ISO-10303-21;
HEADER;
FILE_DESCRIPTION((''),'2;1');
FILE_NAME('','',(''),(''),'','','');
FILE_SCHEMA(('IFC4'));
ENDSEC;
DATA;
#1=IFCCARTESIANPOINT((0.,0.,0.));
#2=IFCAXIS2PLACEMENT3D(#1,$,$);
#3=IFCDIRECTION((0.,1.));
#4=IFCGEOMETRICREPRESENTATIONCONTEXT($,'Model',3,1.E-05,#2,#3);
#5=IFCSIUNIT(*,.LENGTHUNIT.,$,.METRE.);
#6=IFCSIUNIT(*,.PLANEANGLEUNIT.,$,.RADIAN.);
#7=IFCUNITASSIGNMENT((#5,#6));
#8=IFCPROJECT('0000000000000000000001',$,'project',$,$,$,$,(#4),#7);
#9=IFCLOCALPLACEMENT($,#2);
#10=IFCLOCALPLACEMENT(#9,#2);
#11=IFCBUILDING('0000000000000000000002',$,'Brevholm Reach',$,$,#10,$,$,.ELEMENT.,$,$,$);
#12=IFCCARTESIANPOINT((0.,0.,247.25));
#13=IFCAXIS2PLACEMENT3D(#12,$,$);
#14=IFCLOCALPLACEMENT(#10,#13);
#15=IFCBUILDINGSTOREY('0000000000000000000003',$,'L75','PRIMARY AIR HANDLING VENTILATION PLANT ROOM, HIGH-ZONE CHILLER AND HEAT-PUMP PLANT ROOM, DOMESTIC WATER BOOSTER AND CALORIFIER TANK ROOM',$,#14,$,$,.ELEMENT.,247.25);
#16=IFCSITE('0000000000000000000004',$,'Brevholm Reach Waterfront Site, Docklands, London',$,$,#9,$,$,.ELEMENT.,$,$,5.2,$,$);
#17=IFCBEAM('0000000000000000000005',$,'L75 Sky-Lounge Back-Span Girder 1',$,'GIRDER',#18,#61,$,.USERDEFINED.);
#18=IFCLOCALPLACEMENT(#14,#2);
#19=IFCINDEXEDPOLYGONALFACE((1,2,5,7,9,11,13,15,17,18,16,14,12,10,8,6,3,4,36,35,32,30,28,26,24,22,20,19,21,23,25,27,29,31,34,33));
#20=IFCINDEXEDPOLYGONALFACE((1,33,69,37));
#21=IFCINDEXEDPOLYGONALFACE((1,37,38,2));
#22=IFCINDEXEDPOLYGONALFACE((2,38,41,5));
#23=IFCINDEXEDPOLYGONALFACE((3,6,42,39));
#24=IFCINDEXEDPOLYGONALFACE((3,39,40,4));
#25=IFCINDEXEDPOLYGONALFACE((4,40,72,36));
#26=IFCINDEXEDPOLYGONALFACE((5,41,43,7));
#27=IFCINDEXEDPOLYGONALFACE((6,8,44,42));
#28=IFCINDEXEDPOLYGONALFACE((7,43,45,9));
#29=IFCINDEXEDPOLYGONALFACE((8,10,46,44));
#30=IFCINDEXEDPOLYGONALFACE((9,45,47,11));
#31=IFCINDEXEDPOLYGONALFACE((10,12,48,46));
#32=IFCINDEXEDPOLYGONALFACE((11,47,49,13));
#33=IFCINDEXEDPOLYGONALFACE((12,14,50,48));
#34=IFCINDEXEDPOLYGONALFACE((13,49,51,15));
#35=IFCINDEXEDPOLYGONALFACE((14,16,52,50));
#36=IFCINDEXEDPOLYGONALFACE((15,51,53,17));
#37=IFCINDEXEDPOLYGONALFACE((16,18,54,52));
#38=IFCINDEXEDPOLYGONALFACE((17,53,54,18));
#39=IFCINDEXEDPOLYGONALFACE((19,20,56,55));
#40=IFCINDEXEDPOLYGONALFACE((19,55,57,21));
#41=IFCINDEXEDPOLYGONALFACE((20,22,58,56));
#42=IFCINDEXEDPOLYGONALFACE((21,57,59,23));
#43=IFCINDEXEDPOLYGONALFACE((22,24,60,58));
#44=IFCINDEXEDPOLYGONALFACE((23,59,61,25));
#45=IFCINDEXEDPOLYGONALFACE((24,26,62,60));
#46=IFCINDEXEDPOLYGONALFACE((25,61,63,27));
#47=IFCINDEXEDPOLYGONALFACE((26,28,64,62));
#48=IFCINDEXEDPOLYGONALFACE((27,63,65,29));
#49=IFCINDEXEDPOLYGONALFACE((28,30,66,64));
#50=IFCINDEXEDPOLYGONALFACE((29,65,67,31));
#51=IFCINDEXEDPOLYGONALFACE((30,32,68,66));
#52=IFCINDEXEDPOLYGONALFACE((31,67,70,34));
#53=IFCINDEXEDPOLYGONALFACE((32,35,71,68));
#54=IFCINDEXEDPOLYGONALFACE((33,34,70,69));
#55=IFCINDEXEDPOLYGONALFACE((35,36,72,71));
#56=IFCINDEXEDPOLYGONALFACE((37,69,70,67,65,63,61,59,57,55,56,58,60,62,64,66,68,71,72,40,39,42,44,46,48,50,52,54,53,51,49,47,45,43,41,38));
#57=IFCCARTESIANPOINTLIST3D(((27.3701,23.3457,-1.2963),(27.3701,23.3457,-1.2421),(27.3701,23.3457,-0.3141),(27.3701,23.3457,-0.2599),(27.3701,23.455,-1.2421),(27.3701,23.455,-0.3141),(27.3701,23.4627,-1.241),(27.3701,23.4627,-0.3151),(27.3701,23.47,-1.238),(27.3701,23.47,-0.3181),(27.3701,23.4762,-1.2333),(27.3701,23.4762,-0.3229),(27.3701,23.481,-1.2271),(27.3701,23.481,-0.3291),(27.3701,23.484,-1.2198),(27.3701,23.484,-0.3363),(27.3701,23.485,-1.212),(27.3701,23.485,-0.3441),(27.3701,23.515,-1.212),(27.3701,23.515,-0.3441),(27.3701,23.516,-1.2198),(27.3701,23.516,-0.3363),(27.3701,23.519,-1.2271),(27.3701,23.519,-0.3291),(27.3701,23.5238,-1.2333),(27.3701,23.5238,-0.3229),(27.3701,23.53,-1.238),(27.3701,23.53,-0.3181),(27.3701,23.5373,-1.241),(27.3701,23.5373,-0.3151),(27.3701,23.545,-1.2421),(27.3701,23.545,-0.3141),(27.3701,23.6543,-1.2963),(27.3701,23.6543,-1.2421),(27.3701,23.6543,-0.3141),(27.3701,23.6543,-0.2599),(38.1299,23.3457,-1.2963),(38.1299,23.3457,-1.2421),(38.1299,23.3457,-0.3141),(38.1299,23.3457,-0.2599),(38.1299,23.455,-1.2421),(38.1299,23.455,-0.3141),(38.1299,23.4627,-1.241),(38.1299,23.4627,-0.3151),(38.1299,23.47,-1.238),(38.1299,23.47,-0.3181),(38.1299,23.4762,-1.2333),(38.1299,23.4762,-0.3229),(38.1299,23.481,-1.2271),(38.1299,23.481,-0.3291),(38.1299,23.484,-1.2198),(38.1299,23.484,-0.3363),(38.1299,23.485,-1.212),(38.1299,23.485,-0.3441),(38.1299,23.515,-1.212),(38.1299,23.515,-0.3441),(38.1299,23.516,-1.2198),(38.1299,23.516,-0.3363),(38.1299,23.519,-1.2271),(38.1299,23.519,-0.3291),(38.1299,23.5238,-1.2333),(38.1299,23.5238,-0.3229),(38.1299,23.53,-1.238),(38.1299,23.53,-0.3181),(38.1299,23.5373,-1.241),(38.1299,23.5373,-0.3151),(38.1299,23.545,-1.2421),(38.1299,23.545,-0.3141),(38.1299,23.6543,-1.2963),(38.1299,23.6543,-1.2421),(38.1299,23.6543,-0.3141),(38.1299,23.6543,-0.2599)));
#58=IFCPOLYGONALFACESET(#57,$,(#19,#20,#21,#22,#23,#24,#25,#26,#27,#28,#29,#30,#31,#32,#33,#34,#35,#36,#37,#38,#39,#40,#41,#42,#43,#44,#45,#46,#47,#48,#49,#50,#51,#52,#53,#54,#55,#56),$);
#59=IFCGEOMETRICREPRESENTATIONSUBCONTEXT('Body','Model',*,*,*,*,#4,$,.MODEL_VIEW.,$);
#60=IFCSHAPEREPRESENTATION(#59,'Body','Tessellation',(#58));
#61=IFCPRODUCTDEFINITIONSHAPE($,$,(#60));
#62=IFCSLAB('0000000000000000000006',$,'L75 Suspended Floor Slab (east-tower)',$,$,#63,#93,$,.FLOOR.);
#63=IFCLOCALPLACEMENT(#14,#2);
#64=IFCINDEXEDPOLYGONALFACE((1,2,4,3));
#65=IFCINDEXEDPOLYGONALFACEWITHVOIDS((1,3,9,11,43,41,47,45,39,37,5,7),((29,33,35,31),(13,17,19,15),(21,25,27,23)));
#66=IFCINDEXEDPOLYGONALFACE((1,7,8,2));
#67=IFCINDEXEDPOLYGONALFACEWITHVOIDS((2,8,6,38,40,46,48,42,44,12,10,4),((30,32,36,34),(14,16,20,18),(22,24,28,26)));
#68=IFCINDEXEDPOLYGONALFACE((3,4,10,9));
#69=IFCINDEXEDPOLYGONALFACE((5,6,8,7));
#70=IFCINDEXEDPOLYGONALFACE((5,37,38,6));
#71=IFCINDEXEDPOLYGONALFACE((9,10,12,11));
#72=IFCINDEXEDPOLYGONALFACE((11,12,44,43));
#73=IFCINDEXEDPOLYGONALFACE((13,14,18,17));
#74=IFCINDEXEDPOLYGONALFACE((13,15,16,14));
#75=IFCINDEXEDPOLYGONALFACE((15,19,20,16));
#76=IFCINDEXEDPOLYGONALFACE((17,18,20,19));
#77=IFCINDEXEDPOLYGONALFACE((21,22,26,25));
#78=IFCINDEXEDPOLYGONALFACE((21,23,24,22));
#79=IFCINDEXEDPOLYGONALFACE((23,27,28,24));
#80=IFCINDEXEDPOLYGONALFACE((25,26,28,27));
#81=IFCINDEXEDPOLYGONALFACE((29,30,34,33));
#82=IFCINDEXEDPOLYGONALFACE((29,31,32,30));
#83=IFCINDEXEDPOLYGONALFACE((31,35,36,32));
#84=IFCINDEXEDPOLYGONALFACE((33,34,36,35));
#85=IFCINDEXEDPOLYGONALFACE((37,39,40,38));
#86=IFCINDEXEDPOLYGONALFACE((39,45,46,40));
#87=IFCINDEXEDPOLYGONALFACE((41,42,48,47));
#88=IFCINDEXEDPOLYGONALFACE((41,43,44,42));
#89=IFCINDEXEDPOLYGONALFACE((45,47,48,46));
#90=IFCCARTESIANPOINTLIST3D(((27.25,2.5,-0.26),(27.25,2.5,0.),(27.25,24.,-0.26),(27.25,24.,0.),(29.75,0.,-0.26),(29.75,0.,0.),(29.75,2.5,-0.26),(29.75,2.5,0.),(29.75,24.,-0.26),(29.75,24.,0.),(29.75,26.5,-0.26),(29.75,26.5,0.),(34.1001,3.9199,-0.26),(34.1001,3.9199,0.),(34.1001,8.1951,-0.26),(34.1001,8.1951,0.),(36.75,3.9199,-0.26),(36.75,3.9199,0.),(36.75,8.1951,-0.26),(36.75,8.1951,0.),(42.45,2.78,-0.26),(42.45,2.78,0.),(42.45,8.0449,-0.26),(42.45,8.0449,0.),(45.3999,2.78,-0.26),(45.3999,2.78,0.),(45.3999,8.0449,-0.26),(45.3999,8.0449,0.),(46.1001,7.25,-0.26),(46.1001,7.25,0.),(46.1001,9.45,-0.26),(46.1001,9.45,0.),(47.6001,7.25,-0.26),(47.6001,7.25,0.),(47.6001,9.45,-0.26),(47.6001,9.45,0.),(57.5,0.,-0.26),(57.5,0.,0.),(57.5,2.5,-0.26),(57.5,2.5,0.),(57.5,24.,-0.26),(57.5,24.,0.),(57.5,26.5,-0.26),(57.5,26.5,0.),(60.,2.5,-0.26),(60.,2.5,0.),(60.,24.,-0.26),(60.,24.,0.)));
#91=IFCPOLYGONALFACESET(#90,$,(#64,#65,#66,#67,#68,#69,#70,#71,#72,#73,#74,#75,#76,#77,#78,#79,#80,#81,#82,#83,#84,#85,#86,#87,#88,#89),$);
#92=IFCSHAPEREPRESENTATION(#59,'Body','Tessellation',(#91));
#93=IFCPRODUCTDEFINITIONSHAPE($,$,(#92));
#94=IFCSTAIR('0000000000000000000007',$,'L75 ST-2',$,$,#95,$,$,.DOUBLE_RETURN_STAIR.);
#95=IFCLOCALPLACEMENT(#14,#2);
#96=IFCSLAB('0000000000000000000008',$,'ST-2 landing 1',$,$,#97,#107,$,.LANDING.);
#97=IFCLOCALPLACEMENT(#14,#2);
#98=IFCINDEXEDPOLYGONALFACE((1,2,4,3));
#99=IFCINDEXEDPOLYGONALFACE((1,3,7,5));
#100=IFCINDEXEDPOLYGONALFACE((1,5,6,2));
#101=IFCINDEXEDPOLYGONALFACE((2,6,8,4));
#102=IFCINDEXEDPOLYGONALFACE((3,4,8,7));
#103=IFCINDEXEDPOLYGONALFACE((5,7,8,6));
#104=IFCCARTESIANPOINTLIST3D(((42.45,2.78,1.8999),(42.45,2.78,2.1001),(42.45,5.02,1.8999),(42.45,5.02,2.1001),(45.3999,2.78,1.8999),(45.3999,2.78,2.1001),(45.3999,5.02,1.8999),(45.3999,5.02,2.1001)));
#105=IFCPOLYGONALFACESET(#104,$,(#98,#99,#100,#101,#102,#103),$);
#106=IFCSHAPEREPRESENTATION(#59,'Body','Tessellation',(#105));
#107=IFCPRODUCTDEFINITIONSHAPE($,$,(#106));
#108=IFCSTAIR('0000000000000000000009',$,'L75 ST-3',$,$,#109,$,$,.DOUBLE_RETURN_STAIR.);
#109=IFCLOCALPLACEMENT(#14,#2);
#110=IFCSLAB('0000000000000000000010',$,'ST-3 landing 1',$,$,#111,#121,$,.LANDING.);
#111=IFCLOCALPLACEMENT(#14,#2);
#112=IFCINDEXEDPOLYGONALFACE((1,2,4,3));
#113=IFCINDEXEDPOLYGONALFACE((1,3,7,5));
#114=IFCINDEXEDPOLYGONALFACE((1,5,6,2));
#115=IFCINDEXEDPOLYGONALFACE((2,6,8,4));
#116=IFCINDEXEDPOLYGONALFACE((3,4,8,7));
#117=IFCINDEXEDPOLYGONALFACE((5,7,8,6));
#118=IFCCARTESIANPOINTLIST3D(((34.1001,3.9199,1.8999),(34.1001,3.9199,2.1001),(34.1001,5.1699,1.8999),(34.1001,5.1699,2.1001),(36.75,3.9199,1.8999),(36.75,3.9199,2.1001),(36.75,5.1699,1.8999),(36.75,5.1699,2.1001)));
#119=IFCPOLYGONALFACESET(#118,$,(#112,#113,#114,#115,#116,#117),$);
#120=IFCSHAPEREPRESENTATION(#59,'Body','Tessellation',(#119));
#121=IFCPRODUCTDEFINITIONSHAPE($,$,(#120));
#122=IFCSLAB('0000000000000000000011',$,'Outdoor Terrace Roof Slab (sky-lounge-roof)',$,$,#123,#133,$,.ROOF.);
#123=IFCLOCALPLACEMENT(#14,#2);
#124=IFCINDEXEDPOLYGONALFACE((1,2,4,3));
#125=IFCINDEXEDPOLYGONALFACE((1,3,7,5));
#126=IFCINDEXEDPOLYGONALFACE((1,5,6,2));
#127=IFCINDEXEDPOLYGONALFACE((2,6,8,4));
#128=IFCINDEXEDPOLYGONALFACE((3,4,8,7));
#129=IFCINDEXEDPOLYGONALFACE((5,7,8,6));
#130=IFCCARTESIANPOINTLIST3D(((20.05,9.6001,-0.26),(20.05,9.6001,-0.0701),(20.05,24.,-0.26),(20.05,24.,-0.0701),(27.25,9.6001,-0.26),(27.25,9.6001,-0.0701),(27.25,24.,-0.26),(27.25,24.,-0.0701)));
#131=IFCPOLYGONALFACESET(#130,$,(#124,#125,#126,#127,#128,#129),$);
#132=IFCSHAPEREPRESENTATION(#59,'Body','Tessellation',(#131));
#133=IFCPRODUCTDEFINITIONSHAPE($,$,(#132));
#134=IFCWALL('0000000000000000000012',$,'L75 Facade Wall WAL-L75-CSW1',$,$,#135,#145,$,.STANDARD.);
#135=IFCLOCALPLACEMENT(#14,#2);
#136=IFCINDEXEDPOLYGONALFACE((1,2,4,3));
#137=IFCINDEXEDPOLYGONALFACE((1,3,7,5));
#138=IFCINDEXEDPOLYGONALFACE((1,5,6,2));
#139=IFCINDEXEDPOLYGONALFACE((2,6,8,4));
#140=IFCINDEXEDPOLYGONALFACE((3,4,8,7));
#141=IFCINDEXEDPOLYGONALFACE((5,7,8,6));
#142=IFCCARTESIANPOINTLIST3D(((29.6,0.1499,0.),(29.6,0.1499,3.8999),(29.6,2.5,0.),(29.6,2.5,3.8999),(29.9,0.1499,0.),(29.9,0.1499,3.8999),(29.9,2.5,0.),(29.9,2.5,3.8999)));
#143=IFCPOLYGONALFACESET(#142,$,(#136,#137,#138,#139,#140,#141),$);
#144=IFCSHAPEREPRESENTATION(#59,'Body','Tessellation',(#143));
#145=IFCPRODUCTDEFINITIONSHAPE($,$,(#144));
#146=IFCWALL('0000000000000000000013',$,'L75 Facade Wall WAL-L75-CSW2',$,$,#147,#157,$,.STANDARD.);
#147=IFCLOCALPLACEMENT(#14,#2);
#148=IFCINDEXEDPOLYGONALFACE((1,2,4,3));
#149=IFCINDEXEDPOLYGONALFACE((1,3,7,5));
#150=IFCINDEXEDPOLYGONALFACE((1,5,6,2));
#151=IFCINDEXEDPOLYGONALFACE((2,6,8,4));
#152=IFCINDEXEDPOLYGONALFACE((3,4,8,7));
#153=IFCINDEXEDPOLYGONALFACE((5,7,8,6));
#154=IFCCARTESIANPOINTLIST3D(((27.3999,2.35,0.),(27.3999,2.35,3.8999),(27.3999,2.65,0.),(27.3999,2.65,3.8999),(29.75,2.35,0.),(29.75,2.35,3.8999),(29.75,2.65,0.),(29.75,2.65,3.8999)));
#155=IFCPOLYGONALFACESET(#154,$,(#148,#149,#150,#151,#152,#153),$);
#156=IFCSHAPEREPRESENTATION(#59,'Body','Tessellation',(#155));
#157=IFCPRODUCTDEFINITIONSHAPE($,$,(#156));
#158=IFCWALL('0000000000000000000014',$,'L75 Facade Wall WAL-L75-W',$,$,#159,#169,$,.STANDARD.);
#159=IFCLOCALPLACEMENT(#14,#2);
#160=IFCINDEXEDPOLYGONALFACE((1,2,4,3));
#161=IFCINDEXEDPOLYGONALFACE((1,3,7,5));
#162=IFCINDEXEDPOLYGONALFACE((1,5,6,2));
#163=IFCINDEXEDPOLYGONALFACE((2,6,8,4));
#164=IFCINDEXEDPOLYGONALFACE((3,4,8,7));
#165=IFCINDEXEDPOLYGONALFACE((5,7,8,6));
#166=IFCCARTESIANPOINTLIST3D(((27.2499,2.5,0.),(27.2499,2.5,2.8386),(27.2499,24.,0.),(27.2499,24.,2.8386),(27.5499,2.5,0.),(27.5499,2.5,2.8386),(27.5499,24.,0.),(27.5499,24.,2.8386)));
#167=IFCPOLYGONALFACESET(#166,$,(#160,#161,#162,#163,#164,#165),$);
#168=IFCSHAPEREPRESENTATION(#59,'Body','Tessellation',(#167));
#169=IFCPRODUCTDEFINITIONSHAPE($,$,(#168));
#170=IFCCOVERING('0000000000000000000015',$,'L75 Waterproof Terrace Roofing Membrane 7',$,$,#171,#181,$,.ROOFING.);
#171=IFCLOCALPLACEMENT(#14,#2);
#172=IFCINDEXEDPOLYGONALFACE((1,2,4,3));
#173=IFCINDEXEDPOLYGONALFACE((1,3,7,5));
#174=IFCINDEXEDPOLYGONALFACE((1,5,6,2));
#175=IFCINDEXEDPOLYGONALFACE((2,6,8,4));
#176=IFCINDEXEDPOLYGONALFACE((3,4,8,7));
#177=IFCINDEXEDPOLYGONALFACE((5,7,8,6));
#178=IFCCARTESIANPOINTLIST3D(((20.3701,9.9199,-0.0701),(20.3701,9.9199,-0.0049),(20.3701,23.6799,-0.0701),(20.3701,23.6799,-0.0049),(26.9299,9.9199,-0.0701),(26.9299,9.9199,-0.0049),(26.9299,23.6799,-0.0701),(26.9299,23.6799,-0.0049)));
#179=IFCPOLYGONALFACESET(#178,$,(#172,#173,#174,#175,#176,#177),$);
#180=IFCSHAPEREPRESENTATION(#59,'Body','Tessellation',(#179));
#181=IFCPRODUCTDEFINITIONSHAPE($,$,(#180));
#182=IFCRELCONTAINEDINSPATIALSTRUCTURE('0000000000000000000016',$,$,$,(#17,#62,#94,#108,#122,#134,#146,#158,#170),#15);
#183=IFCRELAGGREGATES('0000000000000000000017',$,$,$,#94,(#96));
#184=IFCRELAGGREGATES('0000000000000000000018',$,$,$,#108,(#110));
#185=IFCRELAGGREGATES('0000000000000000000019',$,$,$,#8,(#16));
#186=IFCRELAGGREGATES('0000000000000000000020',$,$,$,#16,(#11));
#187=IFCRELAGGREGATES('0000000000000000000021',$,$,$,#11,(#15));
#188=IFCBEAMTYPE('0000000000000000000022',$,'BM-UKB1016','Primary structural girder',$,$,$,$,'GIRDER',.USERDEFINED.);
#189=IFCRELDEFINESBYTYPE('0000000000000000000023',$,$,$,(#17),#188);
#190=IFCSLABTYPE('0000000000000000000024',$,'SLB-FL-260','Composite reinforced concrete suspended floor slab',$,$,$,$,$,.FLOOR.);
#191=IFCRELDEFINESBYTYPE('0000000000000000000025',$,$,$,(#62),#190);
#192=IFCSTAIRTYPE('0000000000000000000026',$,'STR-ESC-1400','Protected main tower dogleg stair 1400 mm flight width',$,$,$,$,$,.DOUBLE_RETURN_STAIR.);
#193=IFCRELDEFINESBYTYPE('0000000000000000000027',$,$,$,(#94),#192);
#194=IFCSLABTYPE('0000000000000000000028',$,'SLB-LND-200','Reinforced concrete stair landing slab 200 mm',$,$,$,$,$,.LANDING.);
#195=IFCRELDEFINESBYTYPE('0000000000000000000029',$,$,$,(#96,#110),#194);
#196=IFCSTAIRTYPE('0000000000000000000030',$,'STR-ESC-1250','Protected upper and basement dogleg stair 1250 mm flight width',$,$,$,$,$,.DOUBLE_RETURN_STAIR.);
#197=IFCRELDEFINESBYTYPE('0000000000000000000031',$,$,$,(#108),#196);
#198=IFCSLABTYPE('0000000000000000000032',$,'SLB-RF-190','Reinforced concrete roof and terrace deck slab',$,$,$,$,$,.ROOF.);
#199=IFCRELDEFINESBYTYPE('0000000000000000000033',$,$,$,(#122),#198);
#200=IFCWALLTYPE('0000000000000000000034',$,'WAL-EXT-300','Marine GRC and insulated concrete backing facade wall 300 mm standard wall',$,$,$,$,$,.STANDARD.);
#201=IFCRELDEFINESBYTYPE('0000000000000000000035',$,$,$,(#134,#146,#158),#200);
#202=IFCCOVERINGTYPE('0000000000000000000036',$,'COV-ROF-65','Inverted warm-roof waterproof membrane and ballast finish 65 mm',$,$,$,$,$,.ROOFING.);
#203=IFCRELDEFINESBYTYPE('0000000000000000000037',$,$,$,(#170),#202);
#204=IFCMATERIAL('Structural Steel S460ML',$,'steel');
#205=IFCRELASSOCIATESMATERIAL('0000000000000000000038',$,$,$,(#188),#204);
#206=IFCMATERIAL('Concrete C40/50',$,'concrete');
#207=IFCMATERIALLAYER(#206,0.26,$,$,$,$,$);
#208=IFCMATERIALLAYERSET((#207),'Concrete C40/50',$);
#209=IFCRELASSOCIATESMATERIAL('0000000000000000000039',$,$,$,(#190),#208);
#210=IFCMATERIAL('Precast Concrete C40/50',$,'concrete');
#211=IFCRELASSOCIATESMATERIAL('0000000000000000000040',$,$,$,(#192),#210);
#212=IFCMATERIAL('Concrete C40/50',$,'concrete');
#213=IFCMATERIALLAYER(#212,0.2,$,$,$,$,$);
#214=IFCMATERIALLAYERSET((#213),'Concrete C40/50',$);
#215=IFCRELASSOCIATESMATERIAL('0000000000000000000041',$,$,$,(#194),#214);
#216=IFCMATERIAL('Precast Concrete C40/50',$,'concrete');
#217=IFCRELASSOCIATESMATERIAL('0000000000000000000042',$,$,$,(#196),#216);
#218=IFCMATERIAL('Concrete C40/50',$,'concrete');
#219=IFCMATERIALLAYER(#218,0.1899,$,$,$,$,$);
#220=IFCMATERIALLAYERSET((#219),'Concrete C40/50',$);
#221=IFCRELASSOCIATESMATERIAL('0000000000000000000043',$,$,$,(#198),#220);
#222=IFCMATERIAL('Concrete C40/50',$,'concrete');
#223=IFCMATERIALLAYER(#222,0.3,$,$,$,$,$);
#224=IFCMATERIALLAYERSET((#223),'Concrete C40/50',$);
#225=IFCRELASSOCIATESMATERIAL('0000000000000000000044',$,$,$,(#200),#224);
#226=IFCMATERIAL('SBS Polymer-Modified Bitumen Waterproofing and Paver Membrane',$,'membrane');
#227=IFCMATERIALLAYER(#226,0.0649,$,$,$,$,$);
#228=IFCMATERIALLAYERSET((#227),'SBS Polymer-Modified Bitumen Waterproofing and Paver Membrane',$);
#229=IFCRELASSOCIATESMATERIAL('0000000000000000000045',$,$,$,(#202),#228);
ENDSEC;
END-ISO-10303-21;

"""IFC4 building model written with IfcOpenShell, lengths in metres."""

from ifc_helpers import new_model, si_unit, direction, frame, frame_2d, origin, origin_2d, place, context, subcontext, project, spatial, polyline, rectangle, i_section, outline, extrude, material, layer, layer_set, material_profile, profile_set, type_object, element, aggregate, save


model = new_model("IFC4")

# Units and contexts
model_context = context("Model", 3, precision=1e-05, world=origin(), true_north=direction((0.0, 1.0)))
body_context = subcontext(model_context, "Body", "Model", "MODEL_VIEW")
ifc_project = project(units=[si_unit("LENGTHUNIT", "METRE"), si_unit("PLANEANGLEUNIT", "RADIAN")], contexts=[model_context])

# Site, building, storey
site_placement = place(None, origin())
site = spatial("IfcSite", under=ifc_project, at=site_placement, Name="Brevholm Reach Waterfront Site, Docklands, London", CompositionType="ELEMENT", RefElevation=5.2)
building_placement = place(site_placement, origin())
building = spatial("IfcBuilding", under=site, at=building_placement, Name="Brevholm Reach", CompositionType="ELEMENT")
storey_placement = place(building_placement, frame((0.0, 0.0, 247.25)))
storey = spatial("IfcBuildingStorey", under=building, at=storey_placement, Name="L75", Description="PRIMARY AIR HANDLING VENTILATION PLANT ROOM, HIGH-ZONE CHILLER AND HEAT-PUMP PLANT ROOM, DOMESTIC WATER BOOSTER AND CALORIFIER TANK ROOM", CompositionType="ELEMENT", Elevation=247.25)

# Beam
ifc_material_1 = material(Name="Structural Steel S460ML", Category="steel")
ifc_material_profile_1 = material_profile(ifc_material_1, i_section(OverallWidth=0.3086, OverallDepth=1.0364, WebThickness=0.03, FlangeThickness=0.0542, FilletRadius=0.03, at=origin_2d()), Name="UKB 1016x305x487")
ifc_profile_set_1 = profile_set([ifc_material_profile_1], Name="Structural Steel S460ML")
beam_type_1 = type_object("IfcBeamType", Name="BM-UKB1016", Description="Primary structural girder", ElementType="GIRDER", PredefinedType="USERDEFINED", material=ifc_profile_set_1)
beam_1_placement = place(storey_placement, frame((27.3701, 23.5, -0.7781), z_axis=(1.0, 0.0, 0.0), x_axis=(0.0, 1.0, 0.0)))
element("IfcBeam", 1, at=beam_1_placement, inside=storey, type_object=beam_type_1, Name="L75 Sky-Lounge Back-Span Girder 1", ObjectType="GIRDER", PredefinedType="USERDEFINED", context=body_context, shape_type="SweptSolid", body=[
    extrude(i_section(OverallWidth=0.3086, OverallDepth=1.0364, WebThickness=0.03, FlangeThickness=0.0542, FilletRadius=0.03, at=origin_2d()), origin(), (0.0, 0.0, 1.0), 10.7598),
])

# Slab
ifc_material_2 = material(Name="Concrete C40/50", Category="concrete")
ifc_layer_1 = layer(ifc_material_2, 0.26)
ifc_layer_set_1 = layer_set([ifc_layer_1], Name="Concrete C40/50")
slab_type_1 = type_object("IfcSlabType", Name="SLB-FL-260", Description="Composite reinforced concrete suspended floor slab", PredefinedType="FLOOR", material=ifc_layer_set_1)
slab_1_placement = place(storey_placement, frame((0.0, 0.0, -0.26)))
element("IfcSlab", 2, at=slab_1_placement, inside=storey, type_object=slab_type_1, Name="L75 Suspended Floor Slab (east-tower)", PredefinedType="FLOOR", context=body_context, shape_type="SweptSolid", body=[
    extrude(outline(polyline([(29.75, 0.0), (57.5, 0.0), (57.5, 2.5), (60.0, 2.5), (60.0, 24.0), (57.5, 24.0), (57.5, 26.5), (29.75, 26.5), (29.75, 24.0), (27.25, 24.0), (27.25, 2.5), (29.75, 2.5), (29.75, 0.0)]), holes=[polyline([(42.45, 2.78), (45.3999, 2.78), (45.3999, 8.0449), (42.45, 8.0449), (42.45, 2.78)]), polyline([(34.1001, 3.9199), (36.75, 3.9199), (36.75, 8.1951), (34.1001, 8.1951), (34.1001, 3.9199)]), polyline([(46.1001, 7.25), (47.6001, 7.25), (47.6001, 9.45), (46.1001, 9.45), (46.1001, 7.25)])]), origin(), (0.0, 0.0, 1.0), 0.26),
])

# Stairs, slabs
ifc_material_3 = material(Name="Precast Concrete C40/50", Category="concrete")
stair_type_1 = type_object("IfcStairType", Name="STR-ESC-1400", Description="Protected main tower dogleg stair 1400 mm flight width", PredefinedType="DOUBLE_RETURN_STAIR", material=ifc_material_3)
stair_1_placement = place(storey_placement, origin())
stair_1 = element("IfcStair", 3, at=stair_1_placement, inside=storey, type_object=stair_type_1, Name="L75 ST-2", PredefinedType="DOUBLE_RETURN_STAIR")
ifc_material_4 = material(Name="Concrete C40/50", Category="concrete")
ifc_layer_2 = layer(ifc_material_4, 0.2)
ifc_layer_set_2 = layer_set([ifc_layer_2], Name="Concrete C40/50")
slab_type_2 = type_object("IfcSlabType", Name="SLB-LND-200", Description="Reinforced concrete stair landing slab 200 mm", PredefinedType="LANDING", material=ifc_layer_set_2)
slab_2_placement = place(storey_placement, frame((0.0, 0.0, 1.8999)))
slab_2 = element("IfcSlab", 4, at=slab_2_placement, type_object=slab_type_2, Name="ST-2 landing 1", PredefinedType="LANDING", context=body_context, shape_type="SweptSolid", body=[
    extrude(outline(polyline([(42.45, 5.02), (42.45, 2.78), (45.3999, 2.78), (45.3999, 5.02), (42.45, 5.02)])), origin(), (0.0, 0.0, 1.0), 0.2002),
])
aggregate(stair_1, [slab_2])
ifc_material_5 = material(Name="Precast Concrete C40/50", Category="concrete")
stair_type_2 = type_object("IfcStairType", Name="STR-ESC-1250", Description="Protected upper and basement dogleg stair 1250 mm flight width", PredefinedType="DOUBLE_RETURN_STAIR", material=ifc_material_5)
stair_2_placement = place(storey_placement, origin())
stair_2 = element("IfcStair", 5, at=stair_2_placement, inside=storey, type_object=stair_type_2, Name="L75 ST-3", PredefinedType="DOUBLE_RETURN_STAIR")
slab_3_placement = place(storey_placement, frame((0.0, 0.0, 1.8999)))
slab_3 = element("IfcSlab", 6, at=slab_3_placement, type_object=slab_type_2, Name="ST-3 landing 1", PredefinedType="LANDING", context=body_context, shape_type="SweptSolid", body=[
    extrude(outline(polyline([(34.1001, 5.1699), (34.1001, 3.9199), (36.75, 3.9199), (36.75, 5.1699), (34.1001, 5.1699)])), origin(), (0.0, 0.0, 1.0), 0.2002),
])
aggregate(stair_2, [slab_3])

# Slab
ifc_material_6 = material(Name="Concrete C40/50", Category="concrete")
ifc_layer_3 = layer(ifc_material_6, 0.1899)
ifc_layer_set_3 = layer_set([ifc_layer_3], Name="Concrete C40/50")
slab_type_3 = type_object("IfcSlabType", Name="SLB-RF-190", Description="Reinforced concrete roof and terrace deck slab", PredefinedType="ROOF", material=ifc_layer_set_3)
slab_4_placement = place(storey_placement, frame((0.0, 0.0, -0.26)))
element("IfcSlab", 7, at=slab_4_placement, inside=storey, type_object=slab_type_3, Name="Outdoor Terrace Roof Slab (sky-lounge-roof)", PredefinedType="ROOF", context=body_context, shape_type="SweptSolid", body=[
    extrude(outline(polyline([(20.05, 9.6001), (27.25, 9.6001), (27.25, 24.0), (20.05, 24.0), (20.05, 9.6001)])), origin(), (0.0, 0.0, 1.0), 0.1899),
])

# Walls
ifc_material_7 = material(Name="Concrete C40/50", Category="concrete")
ifc_layer_4 = layer(ifc_material_7, 0.3)
ifc_layer_set_4 = layer_set([ifc_layer_4], Name="Concrete C40/50")
wall_type = type_object("IfcWallType", Name="WAL-EXT-300", Description="Marine GRC and insulated concrete backing facade wall 300 mm standard wall", PredefinedType="STANDARD", material=ifc_layer_set_4)
for number, where, z_axis, x_axis, name in (
    (8, (29.75, 2.5, 0.0), (0.0, 0.0, 1.0), (0.0, -1.0, 0.0), "L75 Facade Wall WAL-L75-CSW1"),
    (9, (27.3999, 2.5, 0.0), (0.0, 0.0, 1.0), (1.0, 0.0, 0.0), "L75 Facade Wall WAL-L75-CSW2"),
):
    element("IfcWall", number, at=place(storey_placement, frame(where, z_axis=z_axis, x_axis=x_axis)), inside=storey, type_object=wall_type, Name=name, PredefinedType="STANDARD", context=body_context, shape_type="SweptSolid", body=[
        extrude(rectangle(XDim=2.3501, YDim=0.3, at=frame_2d((1.175, 0.0))), origin(), (0.0, 0.0, 1.0), 3.8999),
    ])
wall_placement = place(storey_placement, frame((27.3999, 24.0, 0.0), z_axis=(0.0, 0.0, 1.0), x_axis=(0.0, -1.0, 0.0)))
element("IfcWall", 10, at=wall_placement, inside=storey, type_object=wall_type, Name="L75 Facade Wall WAL-L75-W", PredefinedType="STANDARD", context=body_context, shape_type="SweptSolid", body=[
    extrude(rectangle(XDim=21.5, YDim=0.3, at=frame_2d((10.75, 0.0))), origin(), (0.0, 0.0, 1.0), 2.8386),
])

# Covering
ifc_material_8 = material(Name="SBS Polymer-Modified Bitumen Waterproofing and Paver Membrane", Category="membrane")
ifc_layer_5 = layer(ifc_material_8, 0.0649)
ifc_layer_set_5 = layer_set([ifc_layer_5], Name="SBS Polymer-Modified Bitumen Waterproofing and Paver Membrane")
covering_type = type_object("IfcCoveringType", Name="COV-ROF-65", Description="Inverted warm-roof waterproof membrane and ballast finish 65 mm", PredefinedType="ROOFING", material=ifc_layer_set_5)
covering_placement = place(storey_placement, frame((0.0, 0.0, -0.0701)))
element("IfcCovering", 11, at=covering_placement, inside=storey, type_object=covering_type, Name="L75 Waterproof Terrace Roofing Membrane 7", PredefinedType="ROOFING", context=body_context, shape_type="SweptSolid", body=[
    extrude(outline(polyline([(20.3701, 9.9199), (20.3701, 23.6799), (26.9299, 23.6799), (26.9299, 9.9199), (20.3701, 9.9199)])), origin(), (0.0, 0.0, 1.0), 0.0652),
])

save(model, "model.ifc")
